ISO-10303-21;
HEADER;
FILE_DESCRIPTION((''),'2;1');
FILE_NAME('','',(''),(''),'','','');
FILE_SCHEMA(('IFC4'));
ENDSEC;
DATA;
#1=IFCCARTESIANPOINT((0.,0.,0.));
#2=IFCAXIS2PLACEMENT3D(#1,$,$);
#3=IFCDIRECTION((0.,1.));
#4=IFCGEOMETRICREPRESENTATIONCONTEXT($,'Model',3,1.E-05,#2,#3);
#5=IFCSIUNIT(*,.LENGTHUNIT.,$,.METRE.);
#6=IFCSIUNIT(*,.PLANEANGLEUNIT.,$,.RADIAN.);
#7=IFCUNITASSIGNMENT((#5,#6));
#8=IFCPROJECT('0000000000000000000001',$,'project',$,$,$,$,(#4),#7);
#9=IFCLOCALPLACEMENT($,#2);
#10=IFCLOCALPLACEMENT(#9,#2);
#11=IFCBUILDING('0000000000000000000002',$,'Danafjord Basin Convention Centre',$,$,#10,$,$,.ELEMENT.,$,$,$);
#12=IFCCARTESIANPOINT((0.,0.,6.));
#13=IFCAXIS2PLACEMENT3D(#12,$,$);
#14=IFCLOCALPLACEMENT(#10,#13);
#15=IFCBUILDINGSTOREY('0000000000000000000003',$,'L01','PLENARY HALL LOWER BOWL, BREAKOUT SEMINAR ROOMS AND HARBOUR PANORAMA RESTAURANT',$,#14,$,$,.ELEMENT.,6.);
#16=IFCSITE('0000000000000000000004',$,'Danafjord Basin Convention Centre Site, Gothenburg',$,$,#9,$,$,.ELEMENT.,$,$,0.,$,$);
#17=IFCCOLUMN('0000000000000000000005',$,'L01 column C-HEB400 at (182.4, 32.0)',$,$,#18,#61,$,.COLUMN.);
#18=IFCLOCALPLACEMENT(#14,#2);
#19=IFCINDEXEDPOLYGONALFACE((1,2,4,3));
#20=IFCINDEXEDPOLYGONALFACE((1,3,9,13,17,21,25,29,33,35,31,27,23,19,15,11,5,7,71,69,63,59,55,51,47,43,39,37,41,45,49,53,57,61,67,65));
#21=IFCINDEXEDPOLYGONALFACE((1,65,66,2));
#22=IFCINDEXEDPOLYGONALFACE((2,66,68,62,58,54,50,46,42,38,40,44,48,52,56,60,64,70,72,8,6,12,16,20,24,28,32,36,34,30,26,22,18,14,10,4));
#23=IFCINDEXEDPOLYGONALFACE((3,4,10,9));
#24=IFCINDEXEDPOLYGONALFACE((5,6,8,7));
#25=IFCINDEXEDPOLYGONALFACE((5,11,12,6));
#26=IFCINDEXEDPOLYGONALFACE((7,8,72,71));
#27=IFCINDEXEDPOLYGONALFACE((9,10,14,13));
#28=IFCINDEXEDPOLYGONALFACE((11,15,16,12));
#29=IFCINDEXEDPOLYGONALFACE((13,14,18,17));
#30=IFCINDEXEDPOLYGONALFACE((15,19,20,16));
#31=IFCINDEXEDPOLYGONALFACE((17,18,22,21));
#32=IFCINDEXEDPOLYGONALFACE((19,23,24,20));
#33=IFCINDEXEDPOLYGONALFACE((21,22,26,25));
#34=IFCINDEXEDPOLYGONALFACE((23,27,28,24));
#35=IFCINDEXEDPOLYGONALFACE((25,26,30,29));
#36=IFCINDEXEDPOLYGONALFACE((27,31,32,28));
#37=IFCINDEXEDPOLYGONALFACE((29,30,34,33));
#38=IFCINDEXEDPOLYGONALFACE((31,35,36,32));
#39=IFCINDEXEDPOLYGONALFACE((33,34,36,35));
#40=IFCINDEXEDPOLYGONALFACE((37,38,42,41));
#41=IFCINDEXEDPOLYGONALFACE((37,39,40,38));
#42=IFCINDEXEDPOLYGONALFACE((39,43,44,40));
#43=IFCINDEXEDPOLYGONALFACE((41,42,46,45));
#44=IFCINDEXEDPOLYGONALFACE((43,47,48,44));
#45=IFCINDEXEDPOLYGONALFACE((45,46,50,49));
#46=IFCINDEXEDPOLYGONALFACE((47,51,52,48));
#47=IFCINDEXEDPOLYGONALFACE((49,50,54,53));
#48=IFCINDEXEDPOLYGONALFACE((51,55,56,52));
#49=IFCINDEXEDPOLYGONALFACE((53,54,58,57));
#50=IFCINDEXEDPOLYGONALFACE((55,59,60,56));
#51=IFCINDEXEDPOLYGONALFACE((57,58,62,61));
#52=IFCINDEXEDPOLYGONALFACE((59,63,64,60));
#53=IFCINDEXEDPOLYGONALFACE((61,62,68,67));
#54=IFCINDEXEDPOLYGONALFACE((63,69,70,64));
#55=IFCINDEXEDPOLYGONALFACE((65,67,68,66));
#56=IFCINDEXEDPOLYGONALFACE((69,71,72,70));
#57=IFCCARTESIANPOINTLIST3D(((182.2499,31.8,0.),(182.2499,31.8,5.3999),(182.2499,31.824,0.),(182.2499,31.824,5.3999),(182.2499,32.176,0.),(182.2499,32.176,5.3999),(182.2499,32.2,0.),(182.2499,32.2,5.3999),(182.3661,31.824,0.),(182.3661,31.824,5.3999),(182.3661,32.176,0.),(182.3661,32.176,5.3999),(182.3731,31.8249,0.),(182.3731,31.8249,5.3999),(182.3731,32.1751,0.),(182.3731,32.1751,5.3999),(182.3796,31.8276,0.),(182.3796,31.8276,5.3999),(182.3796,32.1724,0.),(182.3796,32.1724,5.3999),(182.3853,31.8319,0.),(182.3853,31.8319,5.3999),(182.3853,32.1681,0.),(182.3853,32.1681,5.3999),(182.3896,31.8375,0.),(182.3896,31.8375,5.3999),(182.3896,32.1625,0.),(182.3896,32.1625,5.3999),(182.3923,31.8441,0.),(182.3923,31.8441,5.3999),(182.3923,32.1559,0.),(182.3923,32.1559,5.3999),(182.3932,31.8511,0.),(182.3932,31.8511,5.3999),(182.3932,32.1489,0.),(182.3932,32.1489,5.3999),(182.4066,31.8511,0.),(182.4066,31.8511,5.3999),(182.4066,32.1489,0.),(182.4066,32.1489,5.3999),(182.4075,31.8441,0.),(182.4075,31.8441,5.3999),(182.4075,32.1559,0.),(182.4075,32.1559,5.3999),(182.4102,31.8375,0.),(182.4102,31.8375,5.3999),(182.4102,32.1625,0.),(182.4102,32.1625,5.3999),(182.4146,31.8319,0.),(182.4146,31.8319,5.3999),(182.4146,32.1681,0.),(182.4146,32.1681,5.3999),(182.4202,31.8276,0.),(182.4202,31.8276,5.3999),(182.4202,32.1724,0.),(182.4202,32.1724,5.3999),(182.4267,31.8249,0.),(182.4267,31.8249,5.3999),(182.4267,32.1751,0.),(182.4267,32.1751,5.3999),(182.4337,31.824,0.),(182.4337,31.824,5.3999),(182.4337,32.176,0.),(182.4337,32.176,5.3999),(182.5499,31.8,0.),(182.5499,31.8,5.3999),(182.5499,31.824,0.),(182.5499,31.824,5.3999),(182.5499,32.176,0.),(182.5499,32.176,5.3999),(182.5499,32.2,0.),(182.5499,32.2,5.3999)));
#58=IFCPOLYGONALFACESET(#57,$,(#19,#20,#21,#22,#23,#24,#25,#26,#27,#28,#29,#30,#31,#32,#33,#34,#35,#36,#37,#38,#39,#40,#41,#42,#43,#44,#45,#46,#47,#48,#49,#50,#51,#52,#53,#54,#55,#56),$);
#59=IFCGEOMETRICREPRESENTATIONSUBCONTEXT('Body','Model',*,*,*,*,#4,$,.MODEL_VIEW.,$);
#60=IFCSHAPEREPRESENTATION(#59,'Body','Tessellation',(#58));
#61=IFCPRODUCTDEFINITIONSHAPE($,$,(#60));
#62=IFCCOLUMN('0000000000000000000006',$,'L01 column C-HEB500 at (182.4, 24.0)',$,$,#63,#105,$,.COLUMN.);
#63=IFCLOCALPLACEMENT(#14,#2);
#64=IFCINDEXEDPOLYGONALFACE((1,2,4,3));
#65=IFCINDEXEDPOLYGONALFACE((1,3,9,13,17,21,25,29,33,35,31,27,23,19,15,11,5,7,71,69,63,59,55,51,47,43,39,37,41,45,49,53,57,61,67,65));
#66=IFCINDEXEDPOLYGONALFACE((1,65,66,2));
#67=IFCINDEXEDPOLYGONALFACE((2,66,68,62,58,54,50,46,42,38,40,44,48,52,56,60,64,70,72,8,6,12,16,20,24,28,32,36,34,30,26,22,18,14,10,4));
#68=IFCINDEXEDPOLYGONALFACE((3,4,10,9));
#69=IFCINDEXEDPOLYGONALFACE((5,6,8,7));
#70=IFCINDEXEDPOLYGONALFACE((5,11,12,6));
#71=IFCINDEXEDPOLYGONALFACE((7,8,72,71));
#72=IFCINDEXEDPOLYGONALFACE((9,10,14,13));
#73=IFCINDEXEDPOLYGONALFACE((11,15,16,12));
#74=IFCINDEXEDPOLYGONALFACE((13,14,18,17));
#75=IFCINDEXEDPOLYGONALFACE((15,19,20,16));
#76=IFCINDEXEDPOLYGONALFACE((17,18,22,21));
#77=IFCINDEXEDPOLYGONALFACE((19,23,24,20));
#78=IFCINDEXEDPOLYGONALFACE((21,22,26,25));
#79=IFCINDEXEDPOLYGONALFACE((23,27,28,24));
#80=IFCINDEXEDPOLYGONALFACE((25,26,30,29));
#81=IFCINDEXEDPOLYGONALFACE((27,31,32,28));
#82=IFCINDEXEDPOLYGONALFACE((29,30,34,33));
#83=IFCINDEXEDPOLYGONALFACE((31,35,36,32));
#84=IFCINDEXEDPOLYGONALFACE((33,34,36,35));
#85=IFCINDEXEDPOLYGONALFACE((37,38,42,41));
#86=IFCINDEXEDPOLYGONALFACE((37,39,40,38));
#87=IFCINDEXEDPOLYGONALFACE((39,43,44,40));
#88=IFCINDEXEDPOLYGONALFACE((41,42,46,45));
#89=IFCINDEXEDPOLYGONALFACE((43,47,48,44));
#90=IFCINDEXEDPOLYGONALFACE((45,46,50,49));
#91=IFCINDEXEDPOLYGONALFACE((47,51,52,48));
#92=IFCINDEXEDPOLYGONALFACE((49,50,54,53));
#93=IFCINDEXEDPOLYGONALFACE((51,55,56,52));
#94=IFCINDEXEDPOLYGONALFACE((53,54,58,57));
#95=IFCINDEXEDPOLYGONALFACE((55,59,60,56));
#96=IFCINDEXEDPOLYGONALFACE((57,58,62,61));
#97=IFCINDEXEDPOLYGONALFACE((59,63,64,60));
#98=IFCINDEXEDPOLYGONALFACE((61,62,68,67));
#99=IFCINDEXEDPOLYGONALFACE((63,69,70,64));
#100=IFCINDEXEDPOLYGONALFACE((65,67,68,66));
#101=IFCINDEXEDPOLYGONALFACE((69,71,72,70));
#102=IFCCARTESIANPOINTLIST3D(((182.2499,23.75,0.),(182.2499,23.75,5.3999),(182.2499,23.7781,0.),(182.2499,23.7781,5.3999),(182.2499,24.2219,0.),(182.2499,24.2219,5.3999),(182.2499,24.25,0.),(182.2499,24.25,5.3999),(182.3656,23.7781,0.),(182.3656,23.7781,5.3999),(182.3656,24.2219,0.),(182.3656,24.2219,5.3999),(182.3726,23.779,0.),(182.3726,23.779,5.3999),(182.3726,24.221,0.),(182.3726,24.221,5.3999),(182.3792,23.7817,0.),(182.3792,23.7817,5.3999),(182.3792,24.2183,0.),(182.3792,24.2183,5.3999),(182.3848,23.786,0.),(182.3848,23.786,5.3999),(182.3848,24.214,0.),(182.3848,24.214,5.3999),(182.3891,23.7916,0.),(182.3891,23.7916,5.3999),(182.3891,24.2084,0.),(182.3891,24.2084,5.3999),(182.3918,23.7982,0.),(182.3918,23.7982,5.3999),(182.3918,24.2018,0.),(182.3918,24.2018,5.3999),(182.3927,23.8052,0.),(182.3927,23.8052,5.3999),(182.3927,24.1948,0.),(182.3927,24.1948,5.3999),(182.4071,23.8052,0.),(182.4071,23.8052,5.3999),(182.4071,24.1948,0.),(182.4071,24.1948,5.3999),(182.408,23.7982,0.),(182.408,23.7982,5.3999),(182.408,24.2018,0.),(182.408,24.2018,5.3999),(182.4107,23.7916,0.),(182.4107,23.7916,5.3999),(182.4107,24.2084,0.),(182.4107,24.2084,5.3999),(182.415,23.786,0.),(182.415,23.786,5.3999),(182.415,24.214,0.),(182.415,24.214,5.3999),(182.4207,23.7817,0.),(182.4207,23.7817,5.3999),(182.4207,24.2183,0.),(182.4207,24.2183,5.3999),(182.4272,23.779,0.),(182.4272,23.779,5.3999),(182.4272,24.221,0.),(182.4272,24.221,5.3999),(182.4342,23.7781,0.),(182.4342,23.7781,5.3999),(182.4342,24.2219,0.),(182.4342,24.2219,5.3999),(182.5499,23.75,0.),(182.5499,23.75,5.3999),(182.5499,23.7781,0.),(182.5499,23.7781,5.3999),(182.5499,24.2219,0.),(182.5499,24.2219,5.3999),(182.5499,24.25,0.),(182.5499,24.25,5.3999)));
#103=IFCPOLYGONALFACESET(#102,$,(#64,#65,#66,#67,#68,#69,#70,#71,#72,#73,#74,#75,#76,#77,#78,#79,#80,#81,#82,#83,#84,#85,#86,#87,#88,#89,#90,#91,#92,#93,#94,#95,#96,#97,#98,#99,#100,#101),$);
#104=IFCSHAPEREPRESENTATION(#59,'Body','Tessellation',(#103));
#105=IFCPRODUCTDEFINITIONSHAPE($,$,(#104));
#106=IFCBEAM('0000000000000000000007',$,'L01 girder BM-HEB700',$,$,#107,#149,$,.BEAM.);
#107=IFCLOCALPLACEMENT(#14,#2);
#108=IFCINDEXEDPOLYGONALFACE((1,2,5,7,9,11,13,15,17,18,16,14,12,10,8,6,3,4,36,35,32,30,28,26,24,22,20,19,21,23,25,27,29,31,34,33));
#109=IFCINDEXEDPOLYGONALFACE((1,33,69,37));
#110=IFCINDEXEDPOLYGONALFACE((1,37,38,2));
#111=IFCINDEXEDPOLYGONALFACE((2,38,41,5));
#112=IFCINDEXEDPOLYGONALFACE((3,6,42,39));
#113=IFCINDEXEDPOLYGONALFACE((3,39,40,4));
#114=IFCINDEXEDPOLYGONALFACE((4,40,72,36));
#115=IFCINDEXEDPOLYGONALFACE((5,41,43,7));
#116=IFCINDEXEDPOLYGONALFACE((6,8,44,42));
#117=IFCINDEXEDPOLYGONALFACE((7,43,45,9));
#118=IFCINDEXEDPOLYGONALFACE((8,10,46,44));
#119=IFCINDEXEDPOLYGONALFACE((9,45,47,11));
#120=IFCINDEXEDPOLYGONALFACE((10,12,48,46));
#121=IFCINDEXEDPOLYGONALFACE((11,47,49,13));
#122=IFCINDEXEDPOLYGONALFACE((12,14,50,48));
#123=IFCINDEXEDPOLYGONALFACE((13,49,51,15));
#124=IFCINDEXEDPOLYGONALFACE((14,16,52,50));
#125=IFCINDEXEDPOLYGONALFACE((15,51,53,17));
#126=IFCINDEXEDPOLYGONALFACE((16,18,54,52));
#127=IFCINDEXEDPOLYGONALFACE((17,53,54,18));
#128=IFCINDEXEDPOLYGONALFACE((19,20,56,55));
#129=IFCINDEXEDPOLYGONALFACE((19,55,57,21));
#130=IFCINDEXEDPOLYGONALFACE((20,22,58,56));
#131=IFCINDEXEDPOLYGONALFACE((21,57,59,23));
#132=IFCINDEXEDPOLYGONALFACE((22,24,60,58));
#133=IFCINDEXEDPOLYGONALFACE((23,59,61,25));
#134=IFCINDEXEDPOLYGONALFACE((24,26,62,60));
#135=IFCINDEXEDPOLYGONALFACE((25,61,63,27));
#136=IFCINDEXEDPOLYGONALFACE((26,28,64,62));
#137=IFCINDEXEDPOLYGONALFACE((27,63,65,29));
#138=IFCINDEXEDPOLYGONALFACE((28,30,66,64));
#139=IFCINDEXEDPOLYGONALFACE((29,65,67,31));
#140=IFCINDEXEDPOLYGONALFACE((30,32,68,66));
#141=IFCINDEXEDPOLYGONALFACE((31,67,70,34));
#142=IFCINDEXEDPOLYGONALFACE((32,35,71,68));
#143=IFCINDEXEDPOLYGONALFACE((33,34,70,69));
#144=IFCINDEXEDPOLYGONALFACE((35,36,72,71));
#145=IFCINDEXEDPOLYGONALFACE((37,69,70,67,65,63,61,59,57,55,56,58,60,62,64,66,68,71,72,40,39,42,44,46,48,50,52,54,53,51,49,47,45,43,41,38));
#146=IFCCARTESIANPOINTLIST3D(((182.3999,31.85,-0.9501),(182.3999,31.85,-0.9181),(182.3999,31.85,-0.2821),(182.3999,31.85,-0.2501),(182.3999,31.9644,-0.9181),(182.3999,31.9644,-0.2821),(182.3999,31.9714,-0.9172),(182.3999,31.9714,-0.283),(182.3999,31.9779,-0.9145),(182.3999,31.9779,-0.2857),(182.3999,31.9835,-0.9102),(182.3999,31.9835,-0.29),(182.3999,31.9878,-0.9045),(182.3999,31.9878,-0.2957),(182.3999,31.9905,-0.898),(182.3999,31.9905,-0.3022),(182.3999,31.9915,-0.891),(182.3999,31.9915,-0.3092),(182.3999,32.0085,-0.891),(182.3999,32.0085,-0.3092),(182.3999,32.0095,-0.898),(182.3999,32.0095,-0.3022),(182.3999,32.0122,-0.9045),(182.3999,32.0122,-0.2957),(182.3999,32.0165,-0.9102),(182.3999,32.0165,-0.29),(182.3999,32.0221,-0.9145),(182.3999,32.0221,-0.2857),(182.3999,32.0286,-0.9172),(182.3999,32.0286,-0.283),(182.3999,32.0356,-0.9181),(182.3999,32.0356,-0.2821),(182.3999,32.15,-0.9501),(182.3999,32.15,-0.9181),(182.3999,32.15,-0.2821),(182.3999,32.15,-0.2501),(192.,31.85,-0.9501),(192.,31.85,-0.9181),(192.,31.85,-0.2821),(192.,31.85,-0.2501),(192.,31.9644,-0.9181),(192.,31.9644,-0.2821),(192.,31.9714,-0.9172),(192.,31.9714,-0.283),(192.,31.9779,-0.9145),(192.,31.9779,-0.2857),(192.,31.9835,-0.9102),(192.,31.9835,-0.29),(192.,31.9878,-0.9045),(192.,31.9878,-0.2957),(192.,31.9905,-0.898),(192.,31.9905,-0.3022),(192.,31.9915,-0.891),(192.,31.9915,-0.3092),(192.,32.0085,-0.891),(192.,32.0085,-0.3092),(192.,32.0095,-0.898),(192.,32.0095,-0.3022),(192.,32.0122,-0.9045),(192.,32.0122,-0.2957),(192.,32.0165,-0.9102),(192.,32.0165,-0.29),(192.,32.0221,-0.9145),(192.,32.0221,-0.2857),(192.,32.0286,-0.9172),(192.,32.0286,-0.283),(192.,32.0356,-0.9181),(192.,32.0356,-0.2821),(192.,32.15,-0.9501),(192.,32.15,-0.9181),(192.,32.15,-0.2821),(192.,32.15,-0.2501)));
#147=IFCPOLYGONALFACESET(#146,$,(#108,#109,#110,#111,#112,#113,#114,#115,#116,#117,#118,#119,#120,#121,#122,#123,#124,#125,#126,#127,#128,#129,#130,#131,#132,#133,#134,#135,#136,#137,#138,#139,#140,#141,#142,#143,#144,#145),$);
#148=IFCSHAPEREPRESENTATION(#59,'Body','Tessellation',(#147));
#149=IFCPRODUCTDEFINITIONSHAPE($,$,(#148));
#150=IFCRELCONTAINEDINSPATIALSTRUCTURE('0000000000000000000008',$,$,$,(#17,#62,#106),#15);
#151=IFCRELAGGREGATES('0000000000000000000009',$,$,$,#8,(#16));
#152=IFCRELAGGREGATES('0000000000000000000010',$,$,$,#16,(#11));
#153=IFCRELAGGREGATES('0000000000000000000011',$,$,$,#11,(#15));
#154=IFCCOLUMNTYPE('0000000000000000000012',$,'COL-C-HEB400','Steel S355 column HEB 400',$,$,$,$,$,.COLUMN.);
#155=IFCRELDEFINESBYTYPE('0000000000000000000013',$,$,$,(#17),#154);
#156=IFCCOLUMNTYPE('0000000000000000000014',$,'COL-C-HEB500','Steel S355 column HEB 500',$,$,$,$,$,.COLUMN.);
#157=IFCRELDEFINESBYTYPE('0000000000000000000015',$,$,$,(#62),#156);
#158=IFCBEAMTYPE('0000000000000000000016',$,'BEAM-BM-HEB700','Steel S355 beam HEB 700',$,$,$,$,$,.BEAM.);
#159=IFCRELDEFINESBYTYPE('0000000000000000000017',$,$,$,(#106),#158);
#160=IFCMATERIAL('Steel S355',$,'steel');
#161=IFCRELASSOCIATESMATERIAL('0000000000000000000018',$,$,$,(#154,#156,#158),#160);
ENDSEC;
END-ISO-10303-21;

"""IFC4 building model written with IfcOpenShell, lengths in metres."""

from ifc_helpers import new_model, si_unit, direction, frame, origin, origin_2d, place, context, subcontext, project, spatial, i_section, extrude, material, material_profile, profile_set, type_object, element, save


model = new_model("IFC4")

# Units and contexts
model_context = context("Model", 3, precision=1e-05, world=origin(), true_north=direction((0.0, 1.0)))
body_context = subcontext(model_context, "Body", "Model", "MODEL_VIEW")
ifc_project = project(units=[si_unit("LENGTHUNIT", "METRE"), si_unit("PLANEANGLEUNIT", "RADIAN")], contexts=[model_context])

# Site, building, storey
site_placement = place(None, origin())
site = spatial("IfcSite", under=ifc_project, at=site_placement, Name="Danafjord Basin Convention Centre Site, Gothenburg", CompositionType="ELEMENT", RefElevation=0.0)
building_placement = place(site_placement, origin())
building = spatial("IfcBuilding", under=site, at=building_placement, Name="Danafjord Basin Convention Centre", CompositionType="ELEMENT")
storey_placement = place(building_placement, frame((0.0, 0.0, 6.0)))
storey = spatial("IfcBuildingStorey", under=building, at=storey_placement, Name="L01", Description="PLENARY HALL LOWER BOWL, BREAKOUT SEMINAR ROOMS AND HARBOUR PANORAMA RESTAURANT", CompositionType="ELEMENT", Elevation=6.0)

# Columns
ifc_material_1 = material(Name="Steel S355", Category="steel")
ifc_material_profile_1 = material_profile(ifc_material_1, i_section(OverallWidth=0.3, OverallDepth=0.3999, WebThickness=0.0134, FlangeThickness=0.0239, FilletRadius=0.0271, at=origin_2d()), Name="HEB 400")
ifc_profile_set_1 = profile_set([ifc_material_profile_1], Name="Steel S355")
column_type_1 = type_object("IfcColumnType", Name="COL-C-HEB400", Description="Steel S355 column HEB 400", PredefinedType="COLUMN", material=ifc_profile_set_1)
column_1_placement = place(storey_placement, frame((182.3999, 32.0, 0.0), z_axis=(0.0, 0.0, 1.0), x_axis=(1.0, 0.0, 0.0)))
element("IfcColumn", 1, at=column_1_placement, inside=storey, type_object=column_type_1, Name="L01 column C-HEB400 at (182.4, 32.0)", PredefinedType="COLUMN", context=body_context, shape_type="SweptSolid", body=[
    extrude(i_section(OverallWidth=0.3, OverallDepth=0.3999, WebThickness=0.0134, FlangeThickness=0.0239, FilletRadius=0.0271, at=origin_2d()), origin(), (0.0, 0.0, 1.0), 5.3999),
])
ifc_material_profile_2 = material_profile(ifc_material_1, i_section(OverallWidth=0.3, OverallDepth=0.5, WebThickness=0.0144, FlangeThickness=0.0281, FilletRadius=0.0271, at=origin_2d()), Name="HEB 500")
ifc_profile_set_2 = profile_set([ifc_material_profile_2], Name="Steel S355")
column_type_2 = type_object("IfcColumnType", Name="COL-C-HEB500", Description="Steel S355 column HEB 500", PredefinedType="COLUMN", material=ifc_profile_set_2)
column_2_placement = place(storey_placement, frame((182.3999, 24.0, 0.0), z_axis=(0.0, 0.0, 1.0), x_axis=(1.0, 0.0, 0.0)))
element("IfcColumn", 2, at=column_2_placement, inside=storey, type_object=column_type_2, Name="L01 column C-HEB500 at (182.4, 24.0)", PredefinedType="COLUMN", context=body_context, shape_type="SweptSolid", body=[
    extrude(i_section(OverallWidth=0.3, OverallDepth=0.5, WebThickness=0.0144, FlangeThickness=0.0281, FilletRadius=0.0271, at=origin_2d()), origin(), (0.0, 0.0, 1.0), 5.3999),
])

# Beam
ifc_material_profile_3 = material_profile(ifc_material_1, i_section(OverallWidth=0.3, OverallDepth=0.7, WebThickness=0.0171, FlangeThickness=0.032, FilletRadius=0.0271, at=origin_2d()), Name="HEB 700")
ifc_profile_set_3 = profile_set([ifc_material_profile_3], Name="Steel S355")
beam_type_1 = type_object("IfcBeamType", Name="BEAM-BM-HEB700", Description="Steel S355 beam HEB 700", PredefinedType="BEAM", material=ifc_profile_set_3)
beam_1_placement = place(storey_placement, frame((182.3999, 32.0, -0.6001), z_axis=(1.0, 0.0, 0.0), x_axis=(0.0, 1.0, 0.0)))
element("IfcBeam", 3, at=beam_1_placement, inside=storey, type_object=beam_type_1, Name="L01 girder BM-HEB700", PredefinedType="BEAM", context=body_context, shape_type="SweptSolid", body=[
    extrude(i_section(OverallWidth=0.3, OverallDepth=0.7, WebThickness=0.0171, FlangeThickness=0.032, FilletRadius=0.0271, at=origin_2d()), origin(), (0.0, 0.0, 1.0), 9.6001),
])

save(model, "model.ifc")
